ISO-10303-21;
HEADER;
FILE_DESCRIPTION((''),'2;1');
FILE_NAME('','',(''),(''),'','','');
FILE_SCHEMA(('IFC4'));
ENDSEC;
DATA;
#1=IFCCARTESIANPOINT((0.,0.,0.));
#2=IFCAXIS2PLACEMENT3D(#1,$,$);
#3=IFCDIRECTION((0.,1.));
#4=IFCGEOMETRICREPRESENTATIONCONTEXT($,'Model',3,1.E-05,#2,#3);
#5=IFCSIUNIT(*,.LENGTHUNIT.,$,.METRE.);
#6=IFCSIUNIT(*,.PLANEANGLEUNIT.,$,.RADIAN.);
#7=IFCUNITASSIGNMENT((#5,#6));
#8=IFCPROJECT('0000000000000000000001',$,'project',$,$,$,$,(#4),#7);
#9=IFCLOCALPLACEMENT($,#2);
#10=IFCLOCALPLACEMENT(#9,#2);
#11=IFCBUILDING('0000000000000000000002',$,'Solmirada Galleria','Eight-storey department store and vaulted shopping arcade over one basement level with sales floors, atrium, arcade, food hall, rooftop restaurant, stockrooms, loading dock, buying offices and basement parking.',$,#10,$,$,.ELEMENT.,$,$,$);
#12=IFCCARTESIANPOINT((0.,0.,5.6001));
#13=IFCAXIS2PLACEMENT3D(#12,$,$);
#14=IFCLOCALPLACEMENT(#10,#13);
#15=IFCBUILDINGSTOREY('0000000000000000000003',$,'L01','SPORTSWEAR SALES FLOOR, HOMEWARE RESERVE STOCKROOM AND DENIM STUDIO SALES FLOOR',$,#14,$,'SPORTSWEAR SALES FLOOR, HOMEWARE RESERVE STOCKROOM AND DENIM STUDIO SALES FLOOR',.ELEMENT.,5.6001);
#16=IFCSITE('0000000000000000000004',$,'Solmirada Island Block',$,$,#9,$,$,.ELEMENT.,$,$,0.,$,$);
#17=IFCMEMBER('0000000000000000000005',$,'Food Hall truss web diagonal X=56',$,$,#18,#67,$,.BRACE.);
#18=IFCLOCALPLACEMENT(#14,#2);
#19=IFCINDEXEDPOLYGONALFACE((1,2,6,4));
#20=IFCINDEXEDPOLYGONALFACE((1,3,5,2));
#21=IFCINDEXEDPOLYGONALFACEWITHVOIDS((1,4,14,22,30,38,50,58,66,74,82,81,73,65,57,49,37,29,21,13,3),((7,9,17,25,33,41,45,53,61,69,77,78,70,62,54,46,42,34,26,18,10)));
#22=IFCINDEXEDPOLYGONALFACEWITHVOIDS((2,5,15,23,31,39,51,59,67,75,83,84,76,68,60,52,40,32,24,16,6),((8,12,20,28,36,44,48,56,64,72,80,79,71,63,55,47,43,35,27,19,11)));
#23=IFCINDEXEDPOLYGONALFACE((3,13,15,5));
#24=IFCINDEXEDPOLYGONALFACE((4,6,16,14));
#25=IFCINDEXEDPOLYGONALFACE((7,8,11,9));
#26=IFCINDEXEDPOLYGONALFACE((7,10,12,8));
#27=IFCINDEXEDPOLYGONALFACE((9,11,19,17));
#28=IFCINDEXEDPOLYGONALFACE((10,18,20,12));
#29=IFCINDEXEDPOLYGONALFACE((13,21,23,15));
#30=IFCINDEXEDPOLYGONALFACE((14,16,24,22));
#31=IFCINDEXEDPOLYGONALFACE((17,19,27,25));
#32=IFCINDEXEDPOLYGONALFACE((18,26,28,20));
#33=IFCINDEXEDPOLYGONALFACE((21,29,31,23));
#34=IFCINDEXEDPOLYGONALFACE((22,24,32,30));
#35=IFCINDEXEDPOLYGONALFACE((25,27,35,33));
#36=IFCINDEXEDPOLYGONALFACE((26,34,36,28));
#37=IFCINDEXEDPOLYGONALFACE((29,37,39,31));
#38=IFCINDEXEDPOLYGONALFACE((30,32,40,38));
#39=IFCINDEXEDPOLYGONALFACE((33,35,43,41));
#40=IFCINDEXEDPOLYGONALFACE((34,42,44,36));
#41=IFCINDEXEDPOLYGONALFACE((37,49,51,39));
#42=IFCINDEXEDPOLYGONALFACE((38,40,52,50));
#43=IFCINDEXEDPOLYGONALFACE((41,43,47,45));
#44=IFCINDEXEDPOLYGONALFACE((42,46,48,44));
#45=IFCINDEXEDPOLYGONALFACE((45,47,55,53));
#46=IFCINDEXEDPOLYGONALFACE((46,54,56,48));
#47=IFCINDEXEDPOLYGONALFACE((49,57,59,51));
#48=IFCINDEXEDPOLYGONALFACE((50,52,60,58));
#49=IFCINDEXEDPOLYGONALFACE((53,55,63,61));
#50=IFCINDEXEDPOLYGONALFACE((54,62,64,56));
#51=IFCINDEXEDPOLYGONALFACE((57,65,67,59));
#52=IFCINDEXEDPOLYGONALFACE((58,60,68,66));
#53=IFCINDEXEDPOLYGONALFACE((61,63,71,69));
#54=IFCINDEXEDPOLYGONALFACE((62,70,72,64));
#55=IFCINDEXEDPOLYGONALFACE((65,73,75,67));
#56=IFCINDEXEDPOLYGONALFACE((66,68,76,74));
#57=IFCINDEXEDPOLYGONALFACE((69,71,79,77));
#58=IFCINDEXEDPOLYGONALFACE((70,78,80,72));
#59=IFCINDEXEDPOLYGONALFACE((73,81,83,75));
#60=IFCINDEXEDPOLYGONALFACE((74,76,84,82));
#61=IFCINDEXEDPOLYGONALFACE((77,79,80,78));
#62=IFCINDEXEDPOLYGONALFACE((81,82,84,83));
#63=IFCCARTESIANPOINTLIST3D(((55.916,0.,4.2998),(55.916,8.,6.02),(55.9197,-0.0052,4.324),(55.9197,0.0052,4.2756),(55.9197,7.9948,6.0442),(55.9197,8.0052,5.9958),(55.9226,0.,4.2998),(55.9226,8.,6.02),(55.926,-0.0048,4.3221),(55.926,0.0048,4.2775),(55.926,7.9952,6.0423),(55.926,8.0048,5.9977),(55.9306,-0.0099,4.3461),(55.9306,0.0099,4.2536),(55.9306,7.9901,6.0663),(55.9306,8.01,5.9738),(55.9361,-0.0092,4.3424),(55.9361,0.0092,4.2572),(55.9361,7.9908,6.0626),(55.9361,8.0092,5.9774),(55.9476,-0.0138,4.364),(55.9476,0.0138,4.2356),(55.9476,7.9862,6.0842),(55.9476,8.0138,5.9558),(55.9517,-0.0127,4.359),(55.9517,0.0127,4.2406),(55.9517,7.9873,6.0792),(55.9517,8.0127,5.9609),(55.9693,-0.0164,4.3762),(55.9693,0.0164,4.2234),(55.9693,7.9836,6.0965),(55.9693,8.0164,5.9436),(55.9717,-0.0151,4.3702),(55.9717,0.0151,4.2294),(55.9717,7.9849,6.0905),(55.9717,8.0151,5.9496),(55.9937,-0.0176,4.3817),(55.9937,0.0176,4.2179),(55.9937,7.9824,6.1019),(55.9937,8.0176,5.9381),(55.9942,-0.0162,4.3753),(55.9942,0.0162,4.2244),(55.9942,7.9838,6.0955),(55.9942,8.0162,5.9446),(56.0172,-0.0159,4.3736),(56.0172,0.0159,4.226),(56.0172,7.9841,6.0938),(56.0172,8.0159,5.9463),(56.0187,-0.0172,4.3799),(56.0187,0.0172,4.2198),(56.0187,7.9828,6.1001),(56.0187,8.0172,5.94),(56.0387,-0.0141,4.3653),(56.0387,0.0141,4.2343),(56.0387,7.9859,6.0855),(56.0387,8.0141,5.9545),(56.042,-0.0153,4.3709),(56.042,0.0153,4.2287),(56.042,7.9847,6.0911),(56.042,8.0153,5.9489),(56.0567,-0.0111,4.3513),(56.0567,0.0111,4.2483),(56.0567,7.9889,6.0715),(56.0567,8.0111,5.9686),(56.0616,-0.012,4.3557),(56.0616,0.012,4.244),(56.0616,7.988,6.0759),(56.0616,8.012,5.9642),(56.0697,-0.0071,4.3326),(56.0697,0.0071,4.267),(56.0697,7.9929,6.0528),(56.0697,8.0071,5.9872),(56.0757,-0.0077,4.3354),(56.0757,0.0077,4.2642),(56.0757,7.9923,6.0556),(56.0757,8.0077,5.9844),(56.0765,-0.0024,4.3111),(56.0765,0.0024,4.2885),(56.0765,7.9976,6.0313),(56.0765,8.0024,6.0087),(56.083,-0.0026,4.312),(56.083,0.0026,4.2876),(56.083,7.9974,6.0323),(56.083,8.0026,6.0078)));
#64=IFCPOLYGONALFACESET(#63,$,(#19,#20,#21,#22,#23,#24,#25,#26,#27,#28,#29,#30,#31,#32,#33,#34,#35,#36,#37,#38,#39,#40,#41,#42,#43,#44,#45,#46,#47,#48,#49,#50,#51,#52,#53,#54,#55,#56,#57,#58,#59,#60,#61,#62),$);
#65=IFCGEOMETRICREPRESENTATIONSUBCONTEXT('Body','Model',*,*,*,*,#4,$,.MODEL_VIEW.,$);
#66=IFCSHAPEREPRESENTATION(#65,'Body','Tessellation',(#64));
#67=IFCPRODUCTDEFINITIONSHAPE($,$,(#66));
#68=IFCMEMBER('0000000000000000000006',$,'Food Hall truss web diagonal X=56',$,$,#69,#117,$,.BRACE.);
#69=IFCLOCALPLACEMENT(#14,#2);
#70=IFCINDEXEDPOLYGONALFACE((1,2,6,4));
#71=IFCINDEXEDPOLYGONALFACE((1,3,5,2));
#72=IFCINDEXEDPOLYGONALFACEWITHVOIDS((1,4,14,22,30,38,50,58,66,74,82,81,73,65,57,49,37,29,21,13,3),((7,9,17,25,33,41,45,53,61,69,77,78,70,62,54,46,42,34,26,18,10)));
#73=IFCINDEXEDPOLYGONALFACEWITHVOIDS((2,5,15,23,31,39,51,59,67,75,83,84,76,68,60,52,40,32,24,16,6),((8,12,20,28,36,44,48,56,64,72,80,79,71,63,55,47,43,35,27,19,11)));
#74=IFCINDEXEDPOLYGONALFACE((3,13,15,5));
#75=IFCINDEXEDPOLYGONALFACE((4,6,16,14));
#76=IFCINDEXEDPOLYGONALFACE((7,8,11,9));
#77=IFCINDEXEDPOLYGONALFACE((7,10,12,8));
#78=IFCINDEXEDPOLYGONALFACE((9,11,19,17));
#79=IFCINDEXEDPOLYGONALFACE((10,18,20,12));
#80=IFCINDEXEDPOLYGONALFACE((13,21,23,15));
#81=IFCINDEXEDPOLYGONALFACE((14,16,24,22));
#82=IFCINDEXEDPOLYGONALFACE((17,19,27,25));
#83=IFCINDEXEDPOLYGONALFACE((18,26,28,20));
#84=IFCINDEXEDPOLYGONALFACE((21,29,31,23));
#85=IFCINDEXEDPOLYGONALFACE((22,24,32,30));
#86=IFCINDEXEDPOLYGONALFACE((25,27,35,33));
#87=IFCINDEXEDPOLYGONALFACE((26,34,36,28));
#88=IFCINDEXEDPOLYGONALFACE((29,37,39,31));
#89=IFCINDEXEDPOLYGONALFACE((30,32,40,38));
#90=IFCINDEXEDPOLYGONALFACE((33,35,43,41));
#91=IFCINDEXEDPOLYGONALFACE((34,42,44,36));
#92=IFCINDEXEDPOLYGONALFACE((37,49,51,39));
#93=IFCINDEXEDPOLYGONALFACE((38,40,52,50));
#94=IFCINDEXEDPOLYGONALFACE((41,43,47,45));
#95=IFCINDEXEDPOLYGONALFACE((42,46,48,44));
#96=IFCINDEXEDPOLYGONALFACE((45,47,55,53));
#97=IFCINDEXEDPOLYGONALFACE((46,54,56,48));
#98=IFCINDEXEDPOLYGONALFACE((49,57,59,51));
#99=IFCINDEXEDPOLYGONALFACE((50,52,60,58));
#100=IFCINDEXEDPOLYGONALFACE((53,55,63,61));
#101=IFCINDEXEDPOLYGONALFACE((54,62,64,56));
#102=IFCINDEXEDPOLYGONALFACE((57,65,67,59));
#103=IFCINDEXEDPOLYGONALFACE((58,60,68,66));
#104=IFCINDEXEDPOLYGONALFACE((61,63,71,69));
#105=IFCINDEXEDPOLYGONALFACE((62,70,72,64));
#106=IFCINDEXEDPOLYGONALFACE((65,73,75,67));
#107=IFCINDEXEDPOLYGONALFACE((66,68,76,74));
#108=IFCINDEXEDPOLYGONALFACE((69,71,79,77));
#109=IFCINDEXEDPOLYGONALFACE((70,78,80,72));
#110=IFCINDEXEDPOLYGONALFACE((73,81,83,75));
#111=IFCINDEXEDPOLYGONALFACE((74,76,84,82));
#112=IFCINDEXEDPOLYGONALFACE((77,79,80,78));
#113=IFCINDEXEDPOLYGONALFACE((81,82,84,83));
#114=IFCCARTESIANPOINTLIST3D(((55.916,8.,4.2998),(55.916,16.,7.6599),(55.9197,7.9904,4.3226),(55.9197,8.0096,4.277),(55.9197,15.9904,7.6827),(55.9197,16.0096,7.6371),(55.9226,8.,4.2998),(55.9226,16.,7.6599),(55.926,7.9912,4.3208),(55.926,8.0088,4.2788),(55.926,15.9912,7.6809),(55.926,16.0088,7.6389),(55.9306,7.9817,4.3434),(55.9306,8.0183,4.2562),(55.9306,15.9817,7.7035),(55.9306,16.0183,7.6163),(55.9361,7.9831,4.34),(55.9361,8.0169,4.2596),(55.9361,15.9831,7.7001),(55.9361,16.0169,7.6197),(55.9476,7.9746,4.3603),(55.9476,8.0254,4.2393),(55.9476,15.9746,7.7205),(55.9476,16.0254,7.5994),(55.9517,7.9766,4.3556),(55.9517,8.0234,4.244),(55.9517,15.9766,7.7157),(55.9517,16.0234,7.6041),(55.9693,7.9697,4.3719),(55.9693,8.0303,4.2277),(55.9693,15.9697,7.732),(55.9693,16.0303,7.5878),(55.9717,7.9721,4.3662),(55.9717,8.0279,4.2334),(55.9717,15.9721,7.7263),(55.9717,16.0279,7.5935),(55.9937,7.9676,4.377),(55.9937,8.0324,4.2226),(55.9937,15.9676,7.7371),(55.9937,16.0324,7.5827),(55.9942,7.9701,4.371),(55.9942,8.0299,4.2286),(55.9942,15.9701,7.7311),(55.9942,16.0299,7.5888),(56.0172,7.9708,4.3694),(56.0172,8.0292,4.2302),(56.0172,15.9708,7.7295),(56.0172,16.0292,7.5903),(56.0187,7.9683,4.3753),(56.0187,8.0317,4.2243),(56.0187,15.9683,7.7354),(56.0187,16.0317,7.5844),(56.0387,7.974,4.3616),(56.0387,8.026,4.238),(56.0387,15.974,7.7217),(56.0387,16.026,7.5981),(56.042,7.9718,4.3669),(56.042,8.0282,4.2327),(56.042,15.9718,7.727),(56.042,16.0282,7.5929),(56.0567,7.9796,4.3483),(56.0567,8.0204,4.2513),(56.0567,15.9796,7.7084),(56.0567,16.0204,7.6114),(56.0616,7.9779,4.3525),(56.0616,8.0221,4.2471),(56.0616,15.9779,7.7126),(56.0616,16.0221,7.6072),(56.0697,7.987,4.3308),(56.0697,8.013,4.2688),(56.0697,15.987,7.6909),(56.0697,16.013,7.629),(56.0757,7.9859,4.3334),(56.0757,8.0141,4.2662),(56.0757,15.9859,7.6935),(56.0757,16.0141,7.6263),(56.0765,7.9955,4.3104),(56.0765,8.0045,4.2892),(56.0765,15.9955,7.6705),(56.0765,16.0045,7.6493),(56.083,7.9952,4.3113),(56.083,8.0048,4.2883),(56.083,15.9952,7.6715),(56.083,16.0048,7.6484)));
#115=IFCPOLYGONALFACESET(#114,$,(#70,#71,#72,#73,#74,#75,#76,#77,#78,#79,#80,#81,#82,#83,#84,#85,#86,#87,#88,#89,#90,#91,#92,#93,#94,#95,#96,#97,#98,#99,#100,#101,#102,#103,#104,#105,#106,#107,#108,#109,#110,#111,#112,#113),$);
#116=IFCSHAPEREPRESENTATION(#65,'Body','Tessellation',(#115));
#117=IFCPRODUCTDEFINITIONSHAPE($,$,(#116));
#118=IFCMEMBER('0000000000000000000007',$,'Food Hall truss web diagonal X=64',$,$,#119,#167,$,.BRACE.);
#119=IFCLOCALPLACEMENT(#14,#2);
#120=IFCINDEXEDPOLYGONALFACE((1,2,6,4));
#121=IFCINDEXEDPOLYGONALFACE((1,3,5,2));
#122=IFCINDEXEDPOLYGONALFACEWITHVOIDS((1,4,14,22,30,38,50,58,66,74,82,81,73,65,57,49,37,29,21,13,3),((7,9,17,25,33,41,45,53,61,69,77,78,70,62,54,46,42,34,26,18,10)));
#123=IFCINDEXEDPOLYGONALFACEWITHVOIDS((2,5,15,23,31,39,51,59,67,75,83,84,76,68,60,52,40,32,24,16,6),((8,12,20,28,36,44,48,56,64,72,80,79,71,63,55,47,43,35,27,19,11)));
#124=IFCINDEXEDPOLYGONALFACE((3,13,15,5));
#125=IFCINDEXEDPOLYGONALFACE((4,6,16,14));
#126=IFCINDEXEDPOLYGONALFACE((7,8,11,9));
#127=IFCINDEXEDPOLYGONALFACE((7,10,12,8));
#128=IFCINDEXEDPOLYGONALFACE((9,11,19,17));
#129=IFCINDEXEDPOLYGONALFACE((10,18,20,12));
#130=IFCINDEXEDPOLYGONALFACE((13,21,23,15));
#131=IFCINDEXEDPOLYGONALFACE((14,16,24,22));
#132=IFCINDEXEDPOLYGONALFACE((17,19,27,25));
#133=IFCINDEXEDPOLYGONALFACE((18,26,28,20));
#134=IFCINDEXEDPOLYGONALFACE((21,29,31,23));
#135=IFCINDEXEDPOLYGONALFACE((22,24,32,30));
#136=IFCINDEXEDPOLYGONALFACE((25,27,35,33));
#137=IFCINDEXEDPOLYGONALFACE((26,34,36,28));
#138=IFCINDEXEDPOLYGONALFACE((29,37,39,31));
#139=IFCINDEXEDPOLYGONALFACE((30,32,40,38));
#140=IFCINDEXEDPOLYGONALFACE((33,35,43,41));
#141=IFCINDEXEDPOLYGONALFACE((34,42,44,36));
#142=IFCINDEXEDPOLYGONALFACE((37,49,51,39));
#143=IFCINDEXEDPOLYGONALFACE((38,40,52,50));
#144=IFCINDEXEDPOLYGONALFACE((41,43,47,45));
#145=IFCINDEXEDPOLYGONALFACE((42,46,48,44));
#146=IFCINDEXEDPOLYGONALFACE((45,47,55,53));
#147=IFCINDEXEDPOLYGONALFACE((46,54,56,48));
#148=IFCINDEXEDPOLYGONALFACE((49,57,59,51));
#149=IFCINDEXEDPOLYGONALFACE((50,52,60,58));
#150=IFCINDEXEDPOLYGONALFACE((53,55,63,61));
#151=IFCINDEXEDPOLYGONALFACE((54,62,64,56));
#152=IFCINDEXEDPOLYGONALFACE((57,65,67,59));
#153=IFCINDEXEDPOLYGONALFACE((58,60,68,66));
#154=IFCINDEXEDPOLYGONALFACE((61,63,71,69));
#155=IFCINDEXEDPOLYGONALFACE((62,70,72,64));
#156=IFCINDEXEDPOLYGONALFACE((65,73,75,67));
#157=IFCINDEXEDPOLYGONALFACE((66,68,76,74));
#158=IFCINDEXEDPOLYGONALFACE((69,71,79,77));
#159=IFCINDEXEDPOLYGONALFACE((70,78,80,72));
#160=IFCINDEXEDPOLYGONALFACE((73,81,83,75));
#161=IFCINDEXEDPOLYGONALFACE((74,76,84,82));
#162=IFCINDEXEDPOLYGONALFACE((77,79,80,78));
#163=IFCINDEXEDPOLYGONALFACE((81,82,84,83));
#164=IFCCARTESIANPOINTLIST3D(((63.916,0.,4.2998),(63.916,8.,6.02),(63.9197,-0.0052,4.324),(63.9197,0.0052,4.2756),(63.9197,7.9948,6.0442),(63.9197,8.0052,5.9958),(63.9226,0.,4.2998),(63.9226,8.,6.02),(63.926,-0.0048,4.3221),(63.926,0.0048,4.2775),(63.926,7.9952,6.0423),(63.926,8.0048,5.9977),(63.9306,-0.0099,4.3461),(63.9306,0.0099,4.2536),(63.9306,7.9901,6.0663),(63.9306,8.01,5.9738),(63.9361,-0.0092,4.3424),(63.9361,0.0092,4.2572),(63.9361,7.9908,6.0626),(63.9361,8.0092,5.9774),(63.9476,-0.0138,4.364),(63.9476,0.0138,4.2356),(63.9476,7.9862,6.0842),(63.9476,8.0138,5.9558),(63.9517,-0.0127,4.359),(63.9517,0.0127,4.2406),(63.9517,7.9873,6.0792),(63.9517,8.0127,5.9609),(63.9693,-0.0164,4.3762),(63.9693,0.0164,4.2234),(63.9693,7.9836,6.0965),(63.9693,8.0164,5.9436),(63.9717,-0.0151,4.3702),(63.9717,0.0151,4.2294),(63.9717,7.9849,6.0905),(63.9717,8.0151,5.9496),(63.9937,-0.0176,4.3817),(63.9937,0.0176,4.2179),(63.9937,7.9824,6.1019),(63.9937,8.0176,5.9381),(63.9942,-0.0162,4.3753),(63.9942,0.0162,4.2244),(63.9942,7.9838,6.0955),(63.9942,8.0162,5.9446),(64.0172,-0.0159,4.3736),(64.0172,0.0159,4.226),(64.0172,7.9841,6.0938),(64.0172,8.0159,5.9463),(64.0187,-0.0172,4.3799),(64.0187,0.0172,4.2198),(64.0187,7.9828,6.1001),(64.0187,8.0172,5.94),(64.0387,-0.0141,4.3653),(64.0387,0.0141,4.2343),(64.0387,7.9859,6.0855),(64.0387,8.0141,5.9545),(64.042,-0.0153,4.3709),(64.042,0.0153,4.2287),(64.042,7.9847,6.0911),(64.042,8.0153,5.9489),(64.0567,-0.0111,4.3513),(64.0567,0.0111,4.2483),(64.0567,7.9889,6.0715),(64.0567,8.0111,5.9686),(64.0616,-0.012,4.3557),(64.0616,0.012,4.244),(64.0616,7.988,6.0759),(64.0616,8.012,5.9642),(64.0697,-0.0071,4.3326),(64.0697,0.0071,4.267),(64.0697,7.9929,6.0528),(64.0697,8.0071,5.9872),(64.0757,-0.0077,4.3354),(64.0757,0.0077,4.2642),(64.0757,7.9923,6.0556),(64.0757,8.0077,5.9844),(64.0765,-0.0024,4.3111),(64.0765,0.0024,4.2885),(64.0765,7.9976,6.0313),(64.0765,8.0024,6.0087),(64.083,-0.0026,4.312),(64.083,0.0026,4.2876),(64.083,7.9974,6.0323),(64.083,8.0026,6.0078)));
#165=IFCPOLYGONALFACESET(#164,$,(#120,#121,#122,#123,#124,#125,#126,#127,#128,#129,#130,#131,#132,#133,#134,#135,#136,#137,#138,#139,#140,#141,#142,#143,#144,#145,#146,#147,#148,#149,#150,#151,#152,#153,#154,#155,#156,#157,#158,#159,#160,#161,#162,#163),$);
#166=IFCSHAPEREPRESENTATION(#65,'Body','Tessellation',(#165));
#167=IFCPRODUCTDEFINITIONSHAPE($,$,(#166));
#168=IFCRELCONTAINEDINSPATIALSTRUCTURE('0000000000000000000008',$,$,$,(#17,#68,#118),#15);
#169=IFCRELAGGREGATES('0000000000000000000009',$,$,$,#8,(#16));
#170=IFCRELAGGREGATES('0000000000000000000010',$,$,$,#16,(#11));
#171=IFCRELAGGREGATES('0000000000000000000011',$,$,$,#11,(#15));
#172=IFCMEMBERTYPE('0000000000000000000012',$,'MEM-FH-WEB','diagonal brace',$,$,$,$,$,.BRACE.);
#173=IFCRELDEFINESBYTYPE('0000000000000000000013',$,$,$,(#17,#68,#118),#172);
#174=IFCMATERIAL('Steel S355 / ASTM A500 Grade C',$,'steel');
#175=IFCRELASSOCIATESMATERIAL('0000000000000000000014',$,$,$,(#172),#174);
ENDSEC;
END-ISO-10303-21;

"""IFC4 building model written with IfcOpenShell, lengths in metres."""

from ifc_helpers import new_model, si_unit, direction, frame, origin, origin_2d, place, context, subcontext, project, spatial, hollow_circle, extrude, material, material_profile, profile_set, type_object, element, save


model = new_model("IFC4")

# Units and contexts
model_context = context("Model", 3, precision=1e-05, world=origin(), true_north=direction((0.0, 1.0)))
body_context = subcontext(model_context, "Body", "Model", "MODEL_VIEW")
ifc_project = project(units=[si_unit("LENGTHUNIT", "METRE"), si_unit("PLANEANGLEUNIT", "RADIAN")], contexts=[model_context])

# Site, building, storey
site_placement = place(None, origin())
site = spatial("IfcSite", under=ifc_project, at=site_placement, Name="Solmirada Island Block", CompositionType="ELEMENT", RefElevation=0.0)
building_placement = place(site_placement, origin())
building = spatial("IfcBuilding", under=site, at=building_placement, Name="Solmirada Galleria", Description="Eight-storey department store and vaulted shopping arcade over one basement level with sales floors, atrium, arcade, food hall, rooftop restaurant, stockrooms, loading dock, buying offices and basement parking.", CompositionType="ELEMENT")
storey_placement = place(building_placement, frame((0.0, 0.0, 5.6001)))
storey = spatial("IfcBuildingStorey", under=building, at=storey_placement, Name="L01", Description="SPORTSWEAR SALES FLOOR, HOMEWARE RESERVE STOCKROOM AND DENIM STUDIO SALES FLOOR", LongName="SPORTSWEAR SALES FLOOR, HOMEWARE RESERVE STOCKROOM AND DENIM STUDIO SALES FLOOR", CompositionType="ELEMENT", Elevation=5.6001)

# Shared definitions
ifc_material_1 = material(Name="Steel S355 / ASTM A500 Grade C", Category="steel")

# Members
ifc_material_profile_1 = material_profile(ifc_material_1, hollow_circle(Radius=0.084, WallThickness=0.0066, at=origin_2d()), Name="HSS6.625X0.280")
ifc_profile_set_1 = profile_set([ifc_material_profile_1], Name="Steel S355 / ASTM A500 Grade C")
member_type_1 = type_object("IfcMemberType", Name="MEM-FH-WEB", Description="diagonal brace", PredefinedType="BRACE", material=ifc_profile_set_1)
member_1_placement = place(storey_placement, frame((56.0, 0.0, 4.2998), z_axis=(0.0, 0.977654, 0.210222), x_axis=(-1.0, 0.0, 0.0)))
element("IfcMember", 1, at=member_1_placement, inside=storey, type_object=member_type_1, Name="Food Hall truss web diagonal X=56", PredefinedType="BRACE", context=body_context, shape_type="SweptSolid", body=[
    extrude(hollow_circle(Radius=0.084, WallThickness=0.0066, at=origin_2d()), origin(), (0.0, 0.0, 1.0), 8.1829),
])
member_2_placement = place(storey_placement, frame((56.0, 8.0, 4.2998), z_axis=(0.0, 0.921978, 0.387243), x_axis=(-1.0, 0.0, 0.0)))
element("IfcMember", 2, at=member_2_placement, inside=storey, type_object=member_type_1, Name="Food Hall truss web diagonal X=56", PredefinedType="BRACE", context=body_context, shape_type="SweptSolid", body=[
    extrude(hollow_circle(Radius=0.084, WallThickness=0.0066, at=origin_2d()), origin(), (0.0, 0.0, 1.0), 8.677),
])
member_3_placement = place(storey_placement, frame((64.0, 0.0, 4.2998), z_axis=(0.0, 0.977654, 0.210222), x_axis=(-1.0, 0.0, 0.0)))
element("IfcMember", 3, at=member_3_placement, inside=storey, type_object=member_type_1, Name="Food Hall truss web diagonal X=64", PredefinedType="BRACE", context=body_context, shape_type="SweptSolid", body=[
    extrude(hollow_circle(Radius=0.084, WallThickness=0.0066, at=origin_2d()), origin(), (0.0, 0.0, 1.0), 8.1829),
])

save(model, "model.ifc")
